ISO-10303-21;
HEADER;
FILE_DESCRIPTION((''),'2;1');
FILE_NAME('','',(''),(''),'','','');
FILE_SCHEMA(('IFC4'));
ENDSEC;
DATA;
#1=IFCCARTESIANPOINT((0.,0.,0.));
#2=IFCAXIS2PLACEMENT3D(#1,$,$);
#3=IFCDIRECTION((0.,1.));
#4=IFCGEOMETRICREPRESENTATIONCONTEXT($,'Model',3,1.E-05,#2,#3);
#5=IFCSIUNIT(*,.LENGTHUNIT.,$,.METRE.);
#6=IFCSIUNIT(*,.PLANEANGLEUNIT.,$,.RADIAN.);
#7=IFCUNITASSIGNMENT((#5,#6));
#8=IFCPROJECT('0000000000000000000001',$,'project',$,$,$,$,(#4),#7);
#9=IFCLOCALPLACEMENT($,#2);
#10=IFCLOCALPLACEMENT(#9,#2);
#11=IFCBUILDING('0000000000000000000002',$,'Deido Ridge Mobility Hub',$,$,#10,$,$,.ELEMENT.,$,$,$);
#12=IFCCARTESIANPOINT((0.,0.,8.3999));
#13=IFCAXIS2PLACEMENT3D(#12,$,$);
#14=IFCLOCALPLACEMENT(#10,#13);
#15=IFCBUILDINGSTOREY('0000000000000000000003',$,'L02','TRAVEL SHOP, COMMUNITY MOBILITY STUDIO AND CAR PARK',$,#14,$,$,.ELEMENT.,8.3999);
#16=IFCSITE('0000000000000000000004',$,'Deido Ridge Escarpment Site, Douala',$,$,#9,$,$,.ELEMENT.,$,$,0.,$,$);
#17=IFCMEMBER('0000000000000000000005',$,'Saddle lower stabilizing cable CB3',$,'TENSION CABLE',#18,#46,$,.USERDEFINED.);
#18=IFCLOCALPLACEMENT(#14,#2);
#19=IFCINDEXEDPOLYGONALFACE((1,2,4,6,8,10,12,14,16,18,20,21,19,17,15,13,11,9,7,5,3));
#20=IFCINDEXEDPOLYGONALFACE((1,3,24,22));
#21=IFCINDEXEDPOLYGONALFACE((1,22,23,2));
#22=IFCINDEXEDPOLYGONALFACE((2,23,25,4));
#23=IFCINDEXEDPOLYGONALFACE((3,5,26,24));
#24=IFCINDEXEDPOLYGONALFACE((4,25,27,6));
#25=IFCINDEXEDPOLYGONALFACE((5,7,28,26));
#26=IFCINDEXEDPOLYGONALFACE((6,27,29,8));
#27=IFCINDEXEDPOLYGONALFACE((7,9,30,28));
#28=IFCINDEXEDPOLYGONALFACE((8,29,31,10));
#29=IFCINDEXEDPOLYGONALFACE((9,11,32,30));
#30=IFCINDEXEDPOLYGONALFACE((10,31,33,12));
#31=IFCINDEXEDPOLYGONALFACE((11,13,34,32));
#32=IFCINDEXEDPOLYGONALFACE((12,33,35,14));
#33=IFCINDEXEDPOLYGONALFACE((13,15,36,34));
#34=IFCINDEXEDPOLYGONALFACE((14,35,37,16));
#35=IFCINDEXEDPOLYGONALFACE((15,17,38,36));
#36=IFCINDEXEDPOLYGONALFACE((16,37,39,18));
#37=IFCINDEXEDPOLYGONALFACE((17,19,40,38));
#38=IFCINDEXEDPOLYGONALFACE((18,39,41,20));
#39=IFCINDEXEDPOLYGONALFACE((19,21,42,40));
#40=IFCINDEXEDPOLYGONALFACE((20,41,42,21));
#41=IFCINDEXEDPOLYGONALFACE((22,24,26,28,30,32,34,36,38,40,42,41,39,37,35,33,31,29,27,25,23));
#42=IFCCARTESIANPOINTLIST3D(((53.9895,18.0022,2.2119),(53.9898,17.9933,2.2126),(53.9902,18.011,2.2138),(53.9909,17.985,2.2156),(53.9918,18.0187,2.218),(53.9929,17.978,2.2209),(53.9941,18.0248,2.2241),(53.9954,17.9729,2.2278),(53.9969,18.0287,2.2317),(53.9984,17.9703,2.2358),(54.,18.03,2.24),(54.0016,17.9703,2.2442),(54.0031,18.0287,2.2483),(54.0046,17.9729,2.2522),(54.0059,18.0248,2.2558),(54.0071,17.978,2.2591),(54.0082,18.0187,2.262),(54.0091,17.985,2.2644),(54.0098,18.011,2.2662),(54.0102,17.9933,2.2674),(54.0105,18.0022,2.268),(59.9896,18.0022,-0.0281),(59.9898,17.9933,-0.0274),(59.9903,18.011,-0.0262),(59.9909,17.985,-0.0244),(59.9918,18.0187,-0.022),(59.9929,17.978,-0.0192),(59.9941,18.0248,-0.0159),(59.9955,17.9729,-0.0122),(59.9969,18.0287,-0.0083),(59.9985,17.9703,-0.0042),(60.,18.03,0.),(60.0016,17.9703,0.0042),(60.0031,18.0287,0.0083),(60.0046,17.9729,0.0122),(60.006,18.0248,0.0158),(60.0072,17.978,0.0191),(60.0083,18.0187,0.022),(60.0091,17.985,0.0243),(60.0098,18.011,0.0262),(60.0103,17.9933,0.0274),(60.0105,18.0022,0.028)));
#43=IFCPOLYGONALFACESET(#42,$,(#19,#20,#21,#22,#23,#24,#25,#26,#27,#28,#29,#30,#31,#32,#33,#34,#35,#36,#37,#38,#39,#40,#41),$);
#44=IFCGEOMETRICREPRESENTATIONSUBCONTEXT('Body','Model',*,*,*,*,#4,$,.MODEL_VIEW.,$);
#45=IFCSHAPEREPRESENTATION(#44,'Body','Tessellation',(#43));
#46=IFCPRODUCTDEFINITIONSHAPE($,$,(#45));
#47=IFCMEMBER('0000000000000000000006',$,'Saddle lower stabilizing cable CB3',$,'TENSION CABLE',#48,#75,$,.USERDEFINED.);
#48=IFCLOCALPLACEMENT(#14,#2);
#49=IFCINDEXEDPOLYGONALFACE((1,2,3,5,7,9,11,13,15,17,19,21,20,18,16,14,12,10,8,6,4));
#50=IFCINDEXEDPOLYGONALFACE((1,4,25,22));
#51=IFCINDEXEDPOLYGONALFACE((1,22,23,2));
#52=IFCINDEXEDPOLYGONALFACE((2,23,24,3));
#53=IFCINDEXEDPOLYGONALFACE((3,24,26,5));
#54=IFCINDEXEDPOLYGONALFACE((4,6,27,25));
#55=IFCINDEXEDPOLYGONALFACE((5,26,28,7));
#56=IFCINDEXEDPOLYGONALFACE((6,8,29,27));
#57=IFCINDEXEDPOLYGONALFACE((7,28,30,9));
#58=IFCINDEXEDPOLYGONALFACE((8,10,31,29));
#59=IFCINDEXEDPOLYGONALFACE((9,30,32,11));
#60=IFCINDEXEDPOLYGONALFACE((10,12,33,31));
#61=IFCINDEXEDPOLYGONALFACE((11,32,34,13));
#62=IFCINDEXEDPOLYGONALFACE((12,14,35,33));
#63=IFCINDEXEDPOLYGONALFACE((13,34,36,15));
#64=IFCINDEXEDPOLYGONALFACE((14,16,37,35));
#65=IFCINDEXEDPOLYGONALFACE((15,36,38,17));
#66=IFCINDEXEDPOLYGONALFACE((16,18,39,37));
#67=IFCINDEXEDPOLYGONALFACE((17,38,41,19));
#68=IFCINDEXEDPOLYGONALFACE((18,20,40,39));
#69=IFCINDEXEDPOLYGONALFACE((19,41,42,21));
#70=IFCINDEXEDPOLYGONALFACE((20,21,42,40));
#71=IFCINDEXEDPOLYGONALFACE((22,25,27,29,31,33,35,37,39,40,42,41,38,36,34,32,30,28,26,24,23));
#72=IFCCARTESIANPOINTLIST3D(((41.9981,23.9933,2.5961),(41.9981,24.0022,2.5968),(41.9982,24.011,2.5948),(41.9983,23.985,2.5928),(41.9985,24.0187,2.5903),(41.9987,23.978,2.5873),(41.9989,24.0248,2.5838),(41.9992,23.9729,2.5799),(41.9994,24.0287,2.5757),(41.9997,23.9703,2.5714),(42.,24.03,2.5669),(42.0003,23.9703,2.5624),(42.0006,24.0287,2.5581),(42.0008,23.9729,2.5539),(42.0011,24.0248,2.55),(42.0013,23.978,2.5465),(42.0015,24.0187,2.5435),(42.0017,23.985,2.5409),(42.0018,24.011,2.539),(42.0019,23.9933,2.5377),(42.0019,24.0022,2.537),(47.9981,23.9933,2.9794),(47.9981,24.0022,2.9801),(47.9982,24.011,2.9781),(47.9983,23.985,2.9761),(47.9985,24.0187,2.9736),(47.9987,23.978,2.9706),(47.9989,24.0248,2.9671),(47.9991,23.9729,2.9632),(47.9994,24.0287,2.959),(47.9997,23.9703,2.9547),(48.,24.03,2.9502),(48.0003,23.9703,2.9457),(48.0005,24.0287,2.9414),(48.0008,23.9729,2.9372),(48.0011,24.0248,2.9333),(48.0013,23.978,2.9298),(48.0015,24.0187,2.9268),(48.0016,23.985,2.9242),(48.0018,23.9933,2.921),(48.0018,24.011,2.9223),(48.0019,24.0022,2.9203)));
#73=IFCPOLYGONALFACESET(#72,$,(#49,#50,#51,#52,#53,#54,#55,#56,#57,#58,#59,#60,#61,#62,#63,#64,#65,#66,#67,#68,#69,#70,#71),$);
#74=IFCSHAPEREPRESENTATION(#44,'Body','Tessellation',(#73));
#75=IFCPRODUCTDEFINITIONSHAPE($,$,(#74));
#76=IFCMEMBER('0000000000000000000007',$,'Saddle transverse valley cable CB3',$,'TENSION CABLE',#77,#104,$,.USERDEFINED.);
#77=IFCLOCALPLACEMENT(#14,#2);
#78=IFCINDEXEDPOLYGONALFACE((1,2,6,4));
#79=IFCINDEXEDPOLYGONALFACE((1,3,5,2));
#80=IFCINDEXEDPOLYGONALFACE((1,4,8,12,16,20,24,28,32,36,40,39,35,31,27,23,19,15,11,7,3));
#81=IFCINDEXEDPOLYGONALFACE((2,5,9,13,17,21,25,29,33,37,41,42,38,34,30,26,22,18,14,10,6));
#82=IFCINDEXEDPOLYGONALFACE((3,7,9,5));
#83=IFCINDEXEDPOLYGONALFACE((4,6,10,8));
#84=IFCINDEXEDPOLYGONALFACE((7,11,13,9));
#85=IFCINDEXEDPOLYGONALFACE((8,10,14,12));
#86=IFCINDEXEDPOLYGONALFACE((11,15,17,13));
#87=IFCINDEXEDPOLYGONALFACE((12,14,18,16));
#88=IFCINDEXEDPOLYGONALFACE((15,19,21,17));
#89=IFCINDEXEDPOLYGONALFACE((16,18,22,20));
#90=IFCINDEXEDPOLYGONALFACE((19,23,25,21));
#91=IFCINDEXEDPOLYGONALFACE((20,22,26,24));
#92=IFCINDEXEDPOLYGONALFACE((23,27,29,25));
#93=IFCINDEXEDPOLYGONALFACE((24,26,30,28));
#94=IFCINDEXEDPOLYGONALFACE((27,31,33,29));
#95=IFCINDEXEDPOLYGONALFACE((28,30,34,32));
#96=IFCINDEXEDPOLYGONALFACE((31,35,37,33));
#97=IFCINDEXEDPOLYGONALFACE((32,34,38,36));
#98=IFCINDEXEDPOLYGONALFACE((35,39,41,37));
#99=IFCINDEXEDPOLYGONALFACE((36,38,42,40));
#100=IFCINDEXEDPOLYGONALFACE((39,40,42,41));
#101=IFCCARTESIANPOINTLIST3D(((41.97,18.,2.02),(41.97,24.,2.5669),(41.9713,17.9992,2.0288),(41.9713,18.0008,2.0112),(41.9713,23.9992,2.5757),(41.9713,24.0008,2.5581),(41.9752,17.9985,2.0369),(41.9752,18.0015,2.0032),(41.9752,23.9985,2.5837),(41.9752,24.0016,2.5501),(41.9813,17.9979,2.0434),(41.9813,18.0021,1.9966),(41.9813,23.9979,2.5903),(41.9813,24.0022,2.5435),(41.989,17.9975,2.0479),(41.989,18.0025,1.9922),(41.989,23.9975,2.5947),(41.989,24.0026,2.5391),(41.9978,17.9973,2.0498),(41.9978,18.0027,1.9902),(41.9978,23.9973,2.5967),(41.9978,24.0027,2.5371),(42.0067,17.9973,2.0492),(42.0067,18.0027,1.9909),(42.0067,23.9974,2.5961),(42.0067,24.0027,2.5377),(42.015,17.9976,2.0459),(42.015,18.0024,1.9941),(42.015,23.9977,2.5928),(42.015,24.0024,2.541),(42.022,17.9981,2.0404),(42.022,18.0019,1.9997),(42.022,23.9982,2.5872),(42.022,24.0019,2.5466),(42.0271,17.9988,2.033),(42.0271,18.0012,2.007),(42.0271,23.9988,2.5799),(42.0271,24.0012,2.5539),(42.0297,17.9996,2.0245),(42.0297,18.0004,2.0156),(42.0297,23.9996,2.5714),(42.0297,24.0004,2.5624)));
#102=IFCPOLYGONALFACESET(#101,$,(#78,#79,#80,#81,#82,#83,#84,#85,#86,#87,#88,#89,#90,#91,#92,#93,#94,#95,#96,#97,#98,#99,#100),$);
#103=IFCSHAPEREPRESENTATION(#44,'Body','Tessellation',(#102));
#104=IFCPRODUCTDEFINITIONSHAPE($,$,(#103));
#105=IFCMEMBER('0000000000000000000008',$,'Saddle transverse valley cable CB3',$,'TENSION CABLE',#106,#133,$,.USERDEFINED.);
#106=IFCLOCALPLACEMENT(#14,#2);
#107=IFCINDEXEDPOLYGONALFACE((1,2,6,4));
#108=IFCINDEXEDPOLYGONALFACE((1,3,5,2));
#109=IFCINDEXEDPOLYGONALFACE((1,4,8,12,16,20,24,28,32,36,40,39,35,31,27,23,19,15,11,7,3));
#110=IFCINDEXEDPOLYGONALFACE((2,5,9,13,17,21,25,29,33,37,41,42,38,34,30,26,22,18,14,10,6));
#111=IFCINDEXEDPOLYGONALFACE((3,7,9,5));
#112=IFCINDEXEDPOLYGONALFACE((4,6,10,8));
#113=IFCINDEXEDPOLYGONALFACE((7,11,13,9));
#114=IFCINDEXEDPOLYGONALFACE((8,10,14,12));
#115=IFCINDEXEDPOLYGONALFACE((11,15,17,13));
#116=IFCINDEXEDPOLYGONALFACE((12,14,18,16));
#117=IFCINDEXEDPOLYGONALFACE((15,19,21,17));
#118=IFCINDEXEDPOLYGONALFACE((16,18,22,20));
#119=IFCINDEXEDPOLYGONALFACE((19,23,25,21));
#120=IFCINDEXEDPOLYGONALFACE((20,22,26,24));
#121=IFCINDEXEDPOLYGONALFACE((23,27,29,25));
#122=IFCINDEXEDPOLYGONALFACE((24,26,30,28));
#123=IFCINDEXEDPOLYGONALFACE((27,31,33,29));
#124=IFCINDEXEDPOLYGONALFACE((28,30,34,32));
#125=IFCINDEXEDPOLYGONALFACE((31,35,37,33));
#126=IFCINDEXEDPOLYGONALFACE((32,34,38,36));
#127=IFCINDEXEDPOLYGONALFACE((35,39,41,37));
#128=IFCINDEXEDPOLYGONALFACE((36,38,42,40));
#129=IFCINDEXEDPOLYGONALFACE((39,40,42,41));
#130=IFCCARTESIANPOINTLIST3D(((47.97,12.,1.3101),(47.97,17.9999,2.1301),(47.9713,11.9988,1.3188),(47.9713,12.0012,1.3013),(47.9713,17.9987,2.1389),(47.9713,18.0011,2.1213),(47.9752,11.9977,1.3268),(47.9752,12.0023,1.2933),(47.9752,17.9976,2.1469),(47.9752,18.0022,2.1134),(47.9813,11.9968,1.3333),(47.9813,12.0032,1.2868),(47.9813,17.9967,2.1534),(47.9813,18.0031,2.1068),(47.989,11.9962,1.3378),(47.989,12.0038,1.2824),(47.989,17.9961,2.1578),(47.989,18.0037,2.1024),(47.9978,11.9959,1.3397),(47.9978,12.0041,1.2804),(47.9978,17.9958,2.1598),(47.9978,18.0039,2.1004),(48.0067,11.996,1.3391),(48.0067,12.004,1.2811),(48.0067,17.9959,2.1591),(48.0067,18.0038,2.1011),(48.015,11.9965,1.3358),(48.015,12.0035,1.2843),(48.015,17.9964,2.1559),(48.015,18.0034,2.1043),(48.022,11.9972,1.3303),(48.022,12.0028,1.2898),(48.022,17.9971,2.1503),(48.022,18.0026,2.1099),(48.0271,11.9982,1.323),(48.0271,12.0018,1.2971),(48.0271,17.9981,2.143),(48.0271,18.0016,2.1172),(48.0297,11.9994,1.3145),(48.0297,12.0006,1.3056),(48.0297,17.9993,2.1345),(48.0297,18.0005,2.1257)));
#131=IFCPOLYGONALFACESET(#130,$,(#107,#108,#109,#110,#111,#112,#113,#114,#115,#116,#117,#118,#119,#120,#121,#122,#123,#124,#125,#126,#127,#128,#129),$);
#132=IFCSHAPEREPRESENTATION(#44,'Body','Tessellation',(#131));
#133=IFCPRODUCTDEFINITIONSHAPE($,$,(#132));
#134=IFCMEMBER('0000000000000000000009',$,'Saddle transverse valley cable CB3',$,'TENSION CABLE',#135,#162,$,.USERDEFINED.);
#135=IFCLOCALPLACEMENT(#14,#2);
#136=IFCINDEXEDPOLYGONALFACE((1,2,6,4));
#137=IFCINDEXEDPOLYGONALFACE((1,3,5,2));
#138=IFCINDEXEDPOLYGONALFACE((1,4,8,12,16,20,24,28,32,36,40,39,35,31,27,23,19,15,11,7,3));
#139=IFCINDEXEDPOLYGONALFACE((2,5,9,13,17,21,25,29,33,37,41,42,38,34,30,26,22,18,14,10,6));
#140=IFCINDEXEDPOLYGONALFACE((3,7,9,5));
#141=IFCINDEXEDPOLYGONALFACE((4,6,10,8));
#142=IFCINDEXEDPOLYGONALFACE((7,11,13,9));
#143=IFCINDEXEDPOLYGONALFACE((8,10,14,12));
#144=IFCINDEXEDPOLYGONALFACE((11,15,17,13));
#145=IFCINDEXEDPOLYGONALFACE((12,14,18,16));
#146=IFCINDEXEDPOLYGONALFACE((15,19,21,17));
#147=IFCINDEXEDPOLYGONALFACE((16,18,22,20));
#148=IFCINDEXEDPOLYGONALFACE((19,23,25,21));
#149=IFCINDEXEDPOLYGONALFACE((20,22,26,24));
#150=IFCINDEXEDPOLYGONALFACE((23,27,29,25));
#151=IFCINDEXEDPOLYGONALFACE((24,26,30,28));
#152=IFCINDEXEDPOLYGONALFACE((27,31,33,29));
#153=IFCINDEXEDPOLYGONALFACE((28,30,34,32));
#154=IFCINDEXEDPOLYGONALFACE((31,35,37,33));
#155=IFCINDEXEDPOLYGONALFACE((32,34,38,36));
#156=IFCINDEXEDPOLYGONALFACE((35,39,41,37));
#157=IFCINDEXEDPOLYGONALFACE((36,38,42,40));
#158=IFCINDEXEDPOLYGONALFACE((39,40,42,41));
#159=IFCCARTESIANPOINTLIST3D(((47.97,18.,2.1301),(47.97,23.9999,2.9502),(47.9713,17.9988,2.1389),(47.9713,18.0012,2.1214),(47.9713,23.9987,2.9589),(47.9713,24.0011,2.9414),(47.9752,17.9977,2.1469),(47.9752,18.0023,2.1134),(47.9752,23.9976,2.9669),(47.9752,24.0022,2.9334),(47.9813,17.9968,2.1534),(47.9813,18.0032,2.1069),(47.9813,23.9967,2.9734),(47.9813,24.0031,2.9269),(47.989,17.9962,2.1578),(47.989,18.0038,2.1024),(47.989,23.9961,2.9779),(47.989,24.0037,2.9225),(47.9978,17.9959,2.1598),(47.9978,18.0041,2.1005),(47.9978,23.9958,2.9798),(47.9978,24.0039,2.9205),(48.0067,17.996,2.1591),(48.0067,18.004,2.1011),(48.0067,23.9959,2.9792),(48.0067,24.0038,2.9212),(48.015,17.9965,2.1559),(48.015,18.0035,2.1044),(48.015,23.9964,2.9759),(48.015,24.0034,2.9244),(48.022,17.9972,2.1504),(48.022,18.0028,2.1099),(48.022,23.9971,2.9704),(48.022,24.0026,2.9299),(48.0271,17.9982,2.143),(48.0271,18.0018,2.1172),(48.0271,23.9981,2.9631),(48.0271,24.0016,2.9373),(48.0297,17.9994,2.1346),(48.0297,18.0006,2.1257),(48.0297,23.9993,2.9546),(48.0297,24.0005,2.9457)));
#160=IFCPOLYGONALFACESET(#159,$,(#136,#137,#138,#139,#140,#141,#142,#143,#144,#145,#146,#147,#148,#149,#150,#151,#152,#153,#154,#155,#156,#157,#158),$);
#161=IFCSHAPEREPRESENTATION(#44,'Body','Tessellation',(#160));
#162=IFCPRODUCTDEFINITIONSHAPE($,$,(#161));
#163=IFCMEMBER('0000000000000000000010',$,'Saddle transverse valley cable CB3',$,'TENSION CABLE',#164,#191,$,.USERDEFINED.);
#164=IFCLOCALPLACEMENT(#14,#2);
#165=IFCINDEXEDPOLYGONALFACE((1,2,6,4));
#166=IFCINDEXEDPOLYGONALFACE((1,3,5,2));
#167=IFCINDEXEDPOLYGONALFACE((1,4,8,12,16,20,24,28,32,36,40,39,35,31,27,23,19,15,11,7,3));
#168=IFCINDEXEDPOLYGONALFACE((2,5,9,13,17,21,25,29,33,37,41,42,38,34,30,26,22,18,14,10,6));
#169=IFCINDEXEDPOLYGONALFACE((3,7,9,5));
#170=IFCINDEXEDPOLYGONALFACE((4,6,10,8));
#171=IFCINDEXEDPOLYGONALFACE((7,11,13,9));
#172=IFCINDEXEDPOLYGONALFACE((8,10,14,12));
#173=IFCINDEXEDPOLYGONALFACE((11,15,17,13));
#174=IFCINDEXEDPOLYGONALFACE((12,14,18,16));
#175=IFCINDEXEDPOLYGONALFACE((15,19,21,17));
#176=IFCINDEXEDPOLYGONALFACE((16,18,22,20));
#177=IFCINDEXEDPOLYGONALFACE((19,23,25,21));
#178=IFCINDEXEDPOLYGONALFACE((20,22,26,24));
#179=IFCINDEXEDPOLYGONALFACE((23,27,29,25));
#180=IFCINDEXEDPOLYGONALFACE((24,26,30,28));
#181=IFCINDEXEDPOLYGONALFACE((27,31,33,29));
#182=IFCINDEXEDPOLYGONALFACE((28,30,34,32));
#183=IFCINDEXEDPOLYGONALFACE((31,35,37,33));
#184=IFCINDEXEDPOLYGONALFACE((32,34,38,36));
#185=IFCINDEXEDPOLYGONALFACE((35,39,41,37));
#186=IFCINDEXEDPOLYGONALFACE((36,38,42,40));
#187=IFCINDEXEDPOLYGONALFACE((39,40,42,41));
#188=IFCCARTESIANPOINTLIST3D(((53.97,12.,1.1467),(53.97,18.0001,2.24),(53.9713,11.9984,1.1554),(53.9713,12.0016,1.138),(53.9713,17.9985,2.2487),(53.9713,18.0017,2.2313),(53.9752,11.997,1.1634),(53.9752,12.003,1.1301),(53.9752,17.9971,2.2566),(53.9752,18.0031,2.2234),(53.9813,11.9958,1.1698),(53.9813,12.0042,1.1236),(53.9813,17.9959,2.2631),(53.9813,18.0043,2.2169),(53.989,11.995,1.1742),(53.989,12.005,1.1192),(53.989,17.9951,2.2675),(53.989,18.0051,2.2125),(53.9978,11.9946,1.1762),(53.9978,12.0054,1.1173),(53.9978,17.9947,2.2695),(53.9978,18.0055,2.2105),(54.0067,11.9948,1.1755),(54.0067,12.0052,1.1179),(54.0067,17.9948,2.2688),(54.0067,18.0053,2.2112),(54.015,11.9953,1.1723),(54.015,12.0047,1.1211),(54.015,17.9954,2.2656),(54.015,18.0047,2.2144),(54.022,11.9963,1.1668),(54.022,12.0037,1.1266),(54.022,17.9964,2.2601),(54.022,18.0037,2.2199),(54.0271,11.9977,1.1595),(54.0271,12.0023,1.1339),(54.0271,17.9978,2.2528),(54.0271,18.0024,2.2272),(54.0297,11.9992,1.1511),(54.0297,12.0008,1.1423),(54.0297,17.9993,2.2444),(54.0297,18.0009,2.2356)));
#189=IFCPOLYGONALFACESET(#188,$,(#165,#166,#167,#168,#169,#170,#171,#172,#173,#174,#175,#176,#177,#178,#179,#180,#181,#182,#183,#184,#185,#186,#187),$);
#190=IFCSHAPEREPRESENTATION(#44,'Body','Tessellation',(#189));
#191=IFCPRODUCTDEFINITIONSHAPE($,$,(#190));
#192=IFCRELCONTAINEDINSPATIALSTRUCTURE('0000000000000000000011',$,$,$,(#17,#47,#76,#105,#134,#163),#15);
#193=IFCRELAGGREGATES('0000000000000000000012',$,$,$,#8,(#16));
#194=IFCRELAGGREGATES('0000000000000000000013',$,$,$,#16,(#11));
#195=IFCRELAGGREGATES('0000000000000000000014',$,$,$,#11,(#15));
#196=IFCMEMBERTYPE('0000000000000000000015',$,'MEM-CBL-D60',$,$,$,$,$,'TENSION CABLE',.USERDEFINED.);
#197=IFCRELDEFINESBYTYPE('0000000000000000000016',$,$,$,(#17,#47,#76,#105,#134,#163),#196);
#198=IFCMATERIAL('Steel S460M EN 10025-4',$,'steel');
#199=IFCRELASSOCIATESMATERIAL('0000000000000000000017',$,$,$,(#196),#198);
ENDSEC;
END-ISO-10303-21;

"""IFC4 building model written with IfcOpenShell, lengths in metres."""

from ifc_helpers import new_model, si_unit, direction, frame, origin, origin_2d, place, context, subcontext, project, spatial, circle, extrude, material, material_profile, profile_set, type_object, element, save


model = new_model("IFC4")

# Units and contexts
model_context = context("Model", 3, precision=1e-05, world=origin(), true_north=direction((0.0, 1.0)))
body_context = subcontext(model_context, "Body", "Model", "MODEL_VIEW")
ifc_project = project(units=[si_unit("LENGTHUNIT", "METRE"), si_unit("PLANEANGLEUNIT", "RADIAN")], contexts=[model_context])

# Site, building, storey
site_placement = place(None, origin())
site = spatial("IfcSite", under=ifc_project, at=site_placement, Name="Deido Ridge Escarpment Site, Douala", CompositionType="ELEMENT", RefElevation=0.0)
building_placement = place(site_placement, origin())
building = spatial("IfcBuilding", under=site, at=building_placement, Name="Deido Ridge Mobility Hub", CompositionType="ELEMENT")
storey_placement = place(building_placement, frame((0.0, 0.0, 8.3999)))
storey = spatial("IfcBuildingStorey", under=building, at=storey_placement, Name="L02", Description="TRAVEL SHOP, COMMUNITY MOBILITY STUDIO AND CAR PARK", CompositionType="ELEMENT", Elevation=8.3999)

# Members
ifc_material_1 = material(Name="Steel S460M EN 10025-4", Category="steel")
ifc_material_profile_1 = material_profile(ifc_material_1, circle(Radius=0.03, at=origin_2d()), Name="CABLE D60")
ifc_profile_set_1 = profile_set([ifc_material_profile_1], Name="Steel S460M EN 10025-4")
member_type_1 = type_object("IfcMemberType", Name="MEM-CBL-D60", ElementType="TENSION CABLE", PredefinedType="USERDEFINED", material=ifc_profile_set_1)
member_1_placement = place(storey_placement, frame((54.0, 18.0, 2.24), z_axis=(0.936842, 0.0, -0.349753), x_axis=(0.0, 1.0, 0.0)))
element("IfcMember", 1, at=member_1_placement, inside=storey, type_object=member_type_1, Name="Saddle lower stabilizing cable CB3", ObjectType="TENSION CABLE", PredefinedType="USERDEFINED", context=body_context, shape_type="SweptSolid", body=[
    extrude(circle(Radius=0.03, at=origin_2d()), origin(), (0.0, 0.0, 1.0), 6.4045),
])
member_2_placement = place(storey_placement, frame((42.0, 24.0, 2.5669), z_axis=(0.997966, 0.0, 0.063754), x_axis=(0.0, 1.0, 0.0)))
element("IfcMember", 2, at=member_2_placement, inside=storey, type_object=member_type_1, Name="Saddle lower stabilizing cable CB3", ObjectType="TENSION CABLE", PredefinedType="USERDEFINED", context=body_context, shape_type="SweptSolid", body=[
    extrude(circle(Radius=0.03, at=origin_2d()), origin(), (0.0, 0.0, 1.0), 6.0122),
])
member_3_placement = place(storey_placement, frame((42.0, 18.0, 2.02), z_axis=(0.0, 0.995872, 0.09077), x_axis=(-1.0, 0.0, 0.0)))
element("IfcMember", 3, at=member_3_placement, inside=storey, type_object=member_type_1, Name="Saddle transverse valley cable CB3", ObjectType="TENSION CABLE", PredefinedType="USERDEFINED", context=body_context, shape_type="SweptSolid", body=[
    extrude(circle(Radius=0.03, at=origin_2d()), origin(), (0.0, 0.0, 1.0), 6.0249),
])
for number, where, z_axis, x_axis, name in (
    (4, (48.0, 12.0, 1.3101), (0.0, 0.990788, 0.135419), (-1.0, 0.0, 0.0), "Saddle transverse valley cable CB3"),
    (5, (48.0, 18.0, 2.1301), (0.0, 0.990788, 0.135419), (-1.0, 0.0, 0.0), "Saddle transverse valley cable CB3"),
):
    element("IfcMember", number, at=place(storey_placement, frame(where, z_axis=z_axis, x_axis=x_axis)), inside=storey, type_object=member_type_1, Name=name, ObjectType="TENSION CABLE", PredefinedType="USERDEFINED", context=body_context, shape_type="SweptSolid", body=[
        extrude(circle(Radius=0.03, at=origin_2d()), origin(), (0.0, 0.0, 1.0), 6.0557),
    ])
for number, where, z_axis, x_axis, name in (
    (6, (54.0, 12.0, 1.1467), (0.0, 0.983802, 0.179259), (-1.0, 0.0, 0.0), "Saddle transverse valley cable CB3"),
):
    element("IfcMember", number, at=place(storey_placement, frame(where, z_axis=z_axis, x_axis=x_axis)), inside=storey, type_object=member_type_1, Name=name, ObjectType="TENSION CABLE", PredefinedType="USERDEFINED", context=body_context, shape_type="SweptSolid", body=[
        extrude(circle(Radius=0.03, at=origin_2d()), origin(), (0.0, 0.0, 1.0), 6.0989),
    ])

save(model, "model.ifc")
